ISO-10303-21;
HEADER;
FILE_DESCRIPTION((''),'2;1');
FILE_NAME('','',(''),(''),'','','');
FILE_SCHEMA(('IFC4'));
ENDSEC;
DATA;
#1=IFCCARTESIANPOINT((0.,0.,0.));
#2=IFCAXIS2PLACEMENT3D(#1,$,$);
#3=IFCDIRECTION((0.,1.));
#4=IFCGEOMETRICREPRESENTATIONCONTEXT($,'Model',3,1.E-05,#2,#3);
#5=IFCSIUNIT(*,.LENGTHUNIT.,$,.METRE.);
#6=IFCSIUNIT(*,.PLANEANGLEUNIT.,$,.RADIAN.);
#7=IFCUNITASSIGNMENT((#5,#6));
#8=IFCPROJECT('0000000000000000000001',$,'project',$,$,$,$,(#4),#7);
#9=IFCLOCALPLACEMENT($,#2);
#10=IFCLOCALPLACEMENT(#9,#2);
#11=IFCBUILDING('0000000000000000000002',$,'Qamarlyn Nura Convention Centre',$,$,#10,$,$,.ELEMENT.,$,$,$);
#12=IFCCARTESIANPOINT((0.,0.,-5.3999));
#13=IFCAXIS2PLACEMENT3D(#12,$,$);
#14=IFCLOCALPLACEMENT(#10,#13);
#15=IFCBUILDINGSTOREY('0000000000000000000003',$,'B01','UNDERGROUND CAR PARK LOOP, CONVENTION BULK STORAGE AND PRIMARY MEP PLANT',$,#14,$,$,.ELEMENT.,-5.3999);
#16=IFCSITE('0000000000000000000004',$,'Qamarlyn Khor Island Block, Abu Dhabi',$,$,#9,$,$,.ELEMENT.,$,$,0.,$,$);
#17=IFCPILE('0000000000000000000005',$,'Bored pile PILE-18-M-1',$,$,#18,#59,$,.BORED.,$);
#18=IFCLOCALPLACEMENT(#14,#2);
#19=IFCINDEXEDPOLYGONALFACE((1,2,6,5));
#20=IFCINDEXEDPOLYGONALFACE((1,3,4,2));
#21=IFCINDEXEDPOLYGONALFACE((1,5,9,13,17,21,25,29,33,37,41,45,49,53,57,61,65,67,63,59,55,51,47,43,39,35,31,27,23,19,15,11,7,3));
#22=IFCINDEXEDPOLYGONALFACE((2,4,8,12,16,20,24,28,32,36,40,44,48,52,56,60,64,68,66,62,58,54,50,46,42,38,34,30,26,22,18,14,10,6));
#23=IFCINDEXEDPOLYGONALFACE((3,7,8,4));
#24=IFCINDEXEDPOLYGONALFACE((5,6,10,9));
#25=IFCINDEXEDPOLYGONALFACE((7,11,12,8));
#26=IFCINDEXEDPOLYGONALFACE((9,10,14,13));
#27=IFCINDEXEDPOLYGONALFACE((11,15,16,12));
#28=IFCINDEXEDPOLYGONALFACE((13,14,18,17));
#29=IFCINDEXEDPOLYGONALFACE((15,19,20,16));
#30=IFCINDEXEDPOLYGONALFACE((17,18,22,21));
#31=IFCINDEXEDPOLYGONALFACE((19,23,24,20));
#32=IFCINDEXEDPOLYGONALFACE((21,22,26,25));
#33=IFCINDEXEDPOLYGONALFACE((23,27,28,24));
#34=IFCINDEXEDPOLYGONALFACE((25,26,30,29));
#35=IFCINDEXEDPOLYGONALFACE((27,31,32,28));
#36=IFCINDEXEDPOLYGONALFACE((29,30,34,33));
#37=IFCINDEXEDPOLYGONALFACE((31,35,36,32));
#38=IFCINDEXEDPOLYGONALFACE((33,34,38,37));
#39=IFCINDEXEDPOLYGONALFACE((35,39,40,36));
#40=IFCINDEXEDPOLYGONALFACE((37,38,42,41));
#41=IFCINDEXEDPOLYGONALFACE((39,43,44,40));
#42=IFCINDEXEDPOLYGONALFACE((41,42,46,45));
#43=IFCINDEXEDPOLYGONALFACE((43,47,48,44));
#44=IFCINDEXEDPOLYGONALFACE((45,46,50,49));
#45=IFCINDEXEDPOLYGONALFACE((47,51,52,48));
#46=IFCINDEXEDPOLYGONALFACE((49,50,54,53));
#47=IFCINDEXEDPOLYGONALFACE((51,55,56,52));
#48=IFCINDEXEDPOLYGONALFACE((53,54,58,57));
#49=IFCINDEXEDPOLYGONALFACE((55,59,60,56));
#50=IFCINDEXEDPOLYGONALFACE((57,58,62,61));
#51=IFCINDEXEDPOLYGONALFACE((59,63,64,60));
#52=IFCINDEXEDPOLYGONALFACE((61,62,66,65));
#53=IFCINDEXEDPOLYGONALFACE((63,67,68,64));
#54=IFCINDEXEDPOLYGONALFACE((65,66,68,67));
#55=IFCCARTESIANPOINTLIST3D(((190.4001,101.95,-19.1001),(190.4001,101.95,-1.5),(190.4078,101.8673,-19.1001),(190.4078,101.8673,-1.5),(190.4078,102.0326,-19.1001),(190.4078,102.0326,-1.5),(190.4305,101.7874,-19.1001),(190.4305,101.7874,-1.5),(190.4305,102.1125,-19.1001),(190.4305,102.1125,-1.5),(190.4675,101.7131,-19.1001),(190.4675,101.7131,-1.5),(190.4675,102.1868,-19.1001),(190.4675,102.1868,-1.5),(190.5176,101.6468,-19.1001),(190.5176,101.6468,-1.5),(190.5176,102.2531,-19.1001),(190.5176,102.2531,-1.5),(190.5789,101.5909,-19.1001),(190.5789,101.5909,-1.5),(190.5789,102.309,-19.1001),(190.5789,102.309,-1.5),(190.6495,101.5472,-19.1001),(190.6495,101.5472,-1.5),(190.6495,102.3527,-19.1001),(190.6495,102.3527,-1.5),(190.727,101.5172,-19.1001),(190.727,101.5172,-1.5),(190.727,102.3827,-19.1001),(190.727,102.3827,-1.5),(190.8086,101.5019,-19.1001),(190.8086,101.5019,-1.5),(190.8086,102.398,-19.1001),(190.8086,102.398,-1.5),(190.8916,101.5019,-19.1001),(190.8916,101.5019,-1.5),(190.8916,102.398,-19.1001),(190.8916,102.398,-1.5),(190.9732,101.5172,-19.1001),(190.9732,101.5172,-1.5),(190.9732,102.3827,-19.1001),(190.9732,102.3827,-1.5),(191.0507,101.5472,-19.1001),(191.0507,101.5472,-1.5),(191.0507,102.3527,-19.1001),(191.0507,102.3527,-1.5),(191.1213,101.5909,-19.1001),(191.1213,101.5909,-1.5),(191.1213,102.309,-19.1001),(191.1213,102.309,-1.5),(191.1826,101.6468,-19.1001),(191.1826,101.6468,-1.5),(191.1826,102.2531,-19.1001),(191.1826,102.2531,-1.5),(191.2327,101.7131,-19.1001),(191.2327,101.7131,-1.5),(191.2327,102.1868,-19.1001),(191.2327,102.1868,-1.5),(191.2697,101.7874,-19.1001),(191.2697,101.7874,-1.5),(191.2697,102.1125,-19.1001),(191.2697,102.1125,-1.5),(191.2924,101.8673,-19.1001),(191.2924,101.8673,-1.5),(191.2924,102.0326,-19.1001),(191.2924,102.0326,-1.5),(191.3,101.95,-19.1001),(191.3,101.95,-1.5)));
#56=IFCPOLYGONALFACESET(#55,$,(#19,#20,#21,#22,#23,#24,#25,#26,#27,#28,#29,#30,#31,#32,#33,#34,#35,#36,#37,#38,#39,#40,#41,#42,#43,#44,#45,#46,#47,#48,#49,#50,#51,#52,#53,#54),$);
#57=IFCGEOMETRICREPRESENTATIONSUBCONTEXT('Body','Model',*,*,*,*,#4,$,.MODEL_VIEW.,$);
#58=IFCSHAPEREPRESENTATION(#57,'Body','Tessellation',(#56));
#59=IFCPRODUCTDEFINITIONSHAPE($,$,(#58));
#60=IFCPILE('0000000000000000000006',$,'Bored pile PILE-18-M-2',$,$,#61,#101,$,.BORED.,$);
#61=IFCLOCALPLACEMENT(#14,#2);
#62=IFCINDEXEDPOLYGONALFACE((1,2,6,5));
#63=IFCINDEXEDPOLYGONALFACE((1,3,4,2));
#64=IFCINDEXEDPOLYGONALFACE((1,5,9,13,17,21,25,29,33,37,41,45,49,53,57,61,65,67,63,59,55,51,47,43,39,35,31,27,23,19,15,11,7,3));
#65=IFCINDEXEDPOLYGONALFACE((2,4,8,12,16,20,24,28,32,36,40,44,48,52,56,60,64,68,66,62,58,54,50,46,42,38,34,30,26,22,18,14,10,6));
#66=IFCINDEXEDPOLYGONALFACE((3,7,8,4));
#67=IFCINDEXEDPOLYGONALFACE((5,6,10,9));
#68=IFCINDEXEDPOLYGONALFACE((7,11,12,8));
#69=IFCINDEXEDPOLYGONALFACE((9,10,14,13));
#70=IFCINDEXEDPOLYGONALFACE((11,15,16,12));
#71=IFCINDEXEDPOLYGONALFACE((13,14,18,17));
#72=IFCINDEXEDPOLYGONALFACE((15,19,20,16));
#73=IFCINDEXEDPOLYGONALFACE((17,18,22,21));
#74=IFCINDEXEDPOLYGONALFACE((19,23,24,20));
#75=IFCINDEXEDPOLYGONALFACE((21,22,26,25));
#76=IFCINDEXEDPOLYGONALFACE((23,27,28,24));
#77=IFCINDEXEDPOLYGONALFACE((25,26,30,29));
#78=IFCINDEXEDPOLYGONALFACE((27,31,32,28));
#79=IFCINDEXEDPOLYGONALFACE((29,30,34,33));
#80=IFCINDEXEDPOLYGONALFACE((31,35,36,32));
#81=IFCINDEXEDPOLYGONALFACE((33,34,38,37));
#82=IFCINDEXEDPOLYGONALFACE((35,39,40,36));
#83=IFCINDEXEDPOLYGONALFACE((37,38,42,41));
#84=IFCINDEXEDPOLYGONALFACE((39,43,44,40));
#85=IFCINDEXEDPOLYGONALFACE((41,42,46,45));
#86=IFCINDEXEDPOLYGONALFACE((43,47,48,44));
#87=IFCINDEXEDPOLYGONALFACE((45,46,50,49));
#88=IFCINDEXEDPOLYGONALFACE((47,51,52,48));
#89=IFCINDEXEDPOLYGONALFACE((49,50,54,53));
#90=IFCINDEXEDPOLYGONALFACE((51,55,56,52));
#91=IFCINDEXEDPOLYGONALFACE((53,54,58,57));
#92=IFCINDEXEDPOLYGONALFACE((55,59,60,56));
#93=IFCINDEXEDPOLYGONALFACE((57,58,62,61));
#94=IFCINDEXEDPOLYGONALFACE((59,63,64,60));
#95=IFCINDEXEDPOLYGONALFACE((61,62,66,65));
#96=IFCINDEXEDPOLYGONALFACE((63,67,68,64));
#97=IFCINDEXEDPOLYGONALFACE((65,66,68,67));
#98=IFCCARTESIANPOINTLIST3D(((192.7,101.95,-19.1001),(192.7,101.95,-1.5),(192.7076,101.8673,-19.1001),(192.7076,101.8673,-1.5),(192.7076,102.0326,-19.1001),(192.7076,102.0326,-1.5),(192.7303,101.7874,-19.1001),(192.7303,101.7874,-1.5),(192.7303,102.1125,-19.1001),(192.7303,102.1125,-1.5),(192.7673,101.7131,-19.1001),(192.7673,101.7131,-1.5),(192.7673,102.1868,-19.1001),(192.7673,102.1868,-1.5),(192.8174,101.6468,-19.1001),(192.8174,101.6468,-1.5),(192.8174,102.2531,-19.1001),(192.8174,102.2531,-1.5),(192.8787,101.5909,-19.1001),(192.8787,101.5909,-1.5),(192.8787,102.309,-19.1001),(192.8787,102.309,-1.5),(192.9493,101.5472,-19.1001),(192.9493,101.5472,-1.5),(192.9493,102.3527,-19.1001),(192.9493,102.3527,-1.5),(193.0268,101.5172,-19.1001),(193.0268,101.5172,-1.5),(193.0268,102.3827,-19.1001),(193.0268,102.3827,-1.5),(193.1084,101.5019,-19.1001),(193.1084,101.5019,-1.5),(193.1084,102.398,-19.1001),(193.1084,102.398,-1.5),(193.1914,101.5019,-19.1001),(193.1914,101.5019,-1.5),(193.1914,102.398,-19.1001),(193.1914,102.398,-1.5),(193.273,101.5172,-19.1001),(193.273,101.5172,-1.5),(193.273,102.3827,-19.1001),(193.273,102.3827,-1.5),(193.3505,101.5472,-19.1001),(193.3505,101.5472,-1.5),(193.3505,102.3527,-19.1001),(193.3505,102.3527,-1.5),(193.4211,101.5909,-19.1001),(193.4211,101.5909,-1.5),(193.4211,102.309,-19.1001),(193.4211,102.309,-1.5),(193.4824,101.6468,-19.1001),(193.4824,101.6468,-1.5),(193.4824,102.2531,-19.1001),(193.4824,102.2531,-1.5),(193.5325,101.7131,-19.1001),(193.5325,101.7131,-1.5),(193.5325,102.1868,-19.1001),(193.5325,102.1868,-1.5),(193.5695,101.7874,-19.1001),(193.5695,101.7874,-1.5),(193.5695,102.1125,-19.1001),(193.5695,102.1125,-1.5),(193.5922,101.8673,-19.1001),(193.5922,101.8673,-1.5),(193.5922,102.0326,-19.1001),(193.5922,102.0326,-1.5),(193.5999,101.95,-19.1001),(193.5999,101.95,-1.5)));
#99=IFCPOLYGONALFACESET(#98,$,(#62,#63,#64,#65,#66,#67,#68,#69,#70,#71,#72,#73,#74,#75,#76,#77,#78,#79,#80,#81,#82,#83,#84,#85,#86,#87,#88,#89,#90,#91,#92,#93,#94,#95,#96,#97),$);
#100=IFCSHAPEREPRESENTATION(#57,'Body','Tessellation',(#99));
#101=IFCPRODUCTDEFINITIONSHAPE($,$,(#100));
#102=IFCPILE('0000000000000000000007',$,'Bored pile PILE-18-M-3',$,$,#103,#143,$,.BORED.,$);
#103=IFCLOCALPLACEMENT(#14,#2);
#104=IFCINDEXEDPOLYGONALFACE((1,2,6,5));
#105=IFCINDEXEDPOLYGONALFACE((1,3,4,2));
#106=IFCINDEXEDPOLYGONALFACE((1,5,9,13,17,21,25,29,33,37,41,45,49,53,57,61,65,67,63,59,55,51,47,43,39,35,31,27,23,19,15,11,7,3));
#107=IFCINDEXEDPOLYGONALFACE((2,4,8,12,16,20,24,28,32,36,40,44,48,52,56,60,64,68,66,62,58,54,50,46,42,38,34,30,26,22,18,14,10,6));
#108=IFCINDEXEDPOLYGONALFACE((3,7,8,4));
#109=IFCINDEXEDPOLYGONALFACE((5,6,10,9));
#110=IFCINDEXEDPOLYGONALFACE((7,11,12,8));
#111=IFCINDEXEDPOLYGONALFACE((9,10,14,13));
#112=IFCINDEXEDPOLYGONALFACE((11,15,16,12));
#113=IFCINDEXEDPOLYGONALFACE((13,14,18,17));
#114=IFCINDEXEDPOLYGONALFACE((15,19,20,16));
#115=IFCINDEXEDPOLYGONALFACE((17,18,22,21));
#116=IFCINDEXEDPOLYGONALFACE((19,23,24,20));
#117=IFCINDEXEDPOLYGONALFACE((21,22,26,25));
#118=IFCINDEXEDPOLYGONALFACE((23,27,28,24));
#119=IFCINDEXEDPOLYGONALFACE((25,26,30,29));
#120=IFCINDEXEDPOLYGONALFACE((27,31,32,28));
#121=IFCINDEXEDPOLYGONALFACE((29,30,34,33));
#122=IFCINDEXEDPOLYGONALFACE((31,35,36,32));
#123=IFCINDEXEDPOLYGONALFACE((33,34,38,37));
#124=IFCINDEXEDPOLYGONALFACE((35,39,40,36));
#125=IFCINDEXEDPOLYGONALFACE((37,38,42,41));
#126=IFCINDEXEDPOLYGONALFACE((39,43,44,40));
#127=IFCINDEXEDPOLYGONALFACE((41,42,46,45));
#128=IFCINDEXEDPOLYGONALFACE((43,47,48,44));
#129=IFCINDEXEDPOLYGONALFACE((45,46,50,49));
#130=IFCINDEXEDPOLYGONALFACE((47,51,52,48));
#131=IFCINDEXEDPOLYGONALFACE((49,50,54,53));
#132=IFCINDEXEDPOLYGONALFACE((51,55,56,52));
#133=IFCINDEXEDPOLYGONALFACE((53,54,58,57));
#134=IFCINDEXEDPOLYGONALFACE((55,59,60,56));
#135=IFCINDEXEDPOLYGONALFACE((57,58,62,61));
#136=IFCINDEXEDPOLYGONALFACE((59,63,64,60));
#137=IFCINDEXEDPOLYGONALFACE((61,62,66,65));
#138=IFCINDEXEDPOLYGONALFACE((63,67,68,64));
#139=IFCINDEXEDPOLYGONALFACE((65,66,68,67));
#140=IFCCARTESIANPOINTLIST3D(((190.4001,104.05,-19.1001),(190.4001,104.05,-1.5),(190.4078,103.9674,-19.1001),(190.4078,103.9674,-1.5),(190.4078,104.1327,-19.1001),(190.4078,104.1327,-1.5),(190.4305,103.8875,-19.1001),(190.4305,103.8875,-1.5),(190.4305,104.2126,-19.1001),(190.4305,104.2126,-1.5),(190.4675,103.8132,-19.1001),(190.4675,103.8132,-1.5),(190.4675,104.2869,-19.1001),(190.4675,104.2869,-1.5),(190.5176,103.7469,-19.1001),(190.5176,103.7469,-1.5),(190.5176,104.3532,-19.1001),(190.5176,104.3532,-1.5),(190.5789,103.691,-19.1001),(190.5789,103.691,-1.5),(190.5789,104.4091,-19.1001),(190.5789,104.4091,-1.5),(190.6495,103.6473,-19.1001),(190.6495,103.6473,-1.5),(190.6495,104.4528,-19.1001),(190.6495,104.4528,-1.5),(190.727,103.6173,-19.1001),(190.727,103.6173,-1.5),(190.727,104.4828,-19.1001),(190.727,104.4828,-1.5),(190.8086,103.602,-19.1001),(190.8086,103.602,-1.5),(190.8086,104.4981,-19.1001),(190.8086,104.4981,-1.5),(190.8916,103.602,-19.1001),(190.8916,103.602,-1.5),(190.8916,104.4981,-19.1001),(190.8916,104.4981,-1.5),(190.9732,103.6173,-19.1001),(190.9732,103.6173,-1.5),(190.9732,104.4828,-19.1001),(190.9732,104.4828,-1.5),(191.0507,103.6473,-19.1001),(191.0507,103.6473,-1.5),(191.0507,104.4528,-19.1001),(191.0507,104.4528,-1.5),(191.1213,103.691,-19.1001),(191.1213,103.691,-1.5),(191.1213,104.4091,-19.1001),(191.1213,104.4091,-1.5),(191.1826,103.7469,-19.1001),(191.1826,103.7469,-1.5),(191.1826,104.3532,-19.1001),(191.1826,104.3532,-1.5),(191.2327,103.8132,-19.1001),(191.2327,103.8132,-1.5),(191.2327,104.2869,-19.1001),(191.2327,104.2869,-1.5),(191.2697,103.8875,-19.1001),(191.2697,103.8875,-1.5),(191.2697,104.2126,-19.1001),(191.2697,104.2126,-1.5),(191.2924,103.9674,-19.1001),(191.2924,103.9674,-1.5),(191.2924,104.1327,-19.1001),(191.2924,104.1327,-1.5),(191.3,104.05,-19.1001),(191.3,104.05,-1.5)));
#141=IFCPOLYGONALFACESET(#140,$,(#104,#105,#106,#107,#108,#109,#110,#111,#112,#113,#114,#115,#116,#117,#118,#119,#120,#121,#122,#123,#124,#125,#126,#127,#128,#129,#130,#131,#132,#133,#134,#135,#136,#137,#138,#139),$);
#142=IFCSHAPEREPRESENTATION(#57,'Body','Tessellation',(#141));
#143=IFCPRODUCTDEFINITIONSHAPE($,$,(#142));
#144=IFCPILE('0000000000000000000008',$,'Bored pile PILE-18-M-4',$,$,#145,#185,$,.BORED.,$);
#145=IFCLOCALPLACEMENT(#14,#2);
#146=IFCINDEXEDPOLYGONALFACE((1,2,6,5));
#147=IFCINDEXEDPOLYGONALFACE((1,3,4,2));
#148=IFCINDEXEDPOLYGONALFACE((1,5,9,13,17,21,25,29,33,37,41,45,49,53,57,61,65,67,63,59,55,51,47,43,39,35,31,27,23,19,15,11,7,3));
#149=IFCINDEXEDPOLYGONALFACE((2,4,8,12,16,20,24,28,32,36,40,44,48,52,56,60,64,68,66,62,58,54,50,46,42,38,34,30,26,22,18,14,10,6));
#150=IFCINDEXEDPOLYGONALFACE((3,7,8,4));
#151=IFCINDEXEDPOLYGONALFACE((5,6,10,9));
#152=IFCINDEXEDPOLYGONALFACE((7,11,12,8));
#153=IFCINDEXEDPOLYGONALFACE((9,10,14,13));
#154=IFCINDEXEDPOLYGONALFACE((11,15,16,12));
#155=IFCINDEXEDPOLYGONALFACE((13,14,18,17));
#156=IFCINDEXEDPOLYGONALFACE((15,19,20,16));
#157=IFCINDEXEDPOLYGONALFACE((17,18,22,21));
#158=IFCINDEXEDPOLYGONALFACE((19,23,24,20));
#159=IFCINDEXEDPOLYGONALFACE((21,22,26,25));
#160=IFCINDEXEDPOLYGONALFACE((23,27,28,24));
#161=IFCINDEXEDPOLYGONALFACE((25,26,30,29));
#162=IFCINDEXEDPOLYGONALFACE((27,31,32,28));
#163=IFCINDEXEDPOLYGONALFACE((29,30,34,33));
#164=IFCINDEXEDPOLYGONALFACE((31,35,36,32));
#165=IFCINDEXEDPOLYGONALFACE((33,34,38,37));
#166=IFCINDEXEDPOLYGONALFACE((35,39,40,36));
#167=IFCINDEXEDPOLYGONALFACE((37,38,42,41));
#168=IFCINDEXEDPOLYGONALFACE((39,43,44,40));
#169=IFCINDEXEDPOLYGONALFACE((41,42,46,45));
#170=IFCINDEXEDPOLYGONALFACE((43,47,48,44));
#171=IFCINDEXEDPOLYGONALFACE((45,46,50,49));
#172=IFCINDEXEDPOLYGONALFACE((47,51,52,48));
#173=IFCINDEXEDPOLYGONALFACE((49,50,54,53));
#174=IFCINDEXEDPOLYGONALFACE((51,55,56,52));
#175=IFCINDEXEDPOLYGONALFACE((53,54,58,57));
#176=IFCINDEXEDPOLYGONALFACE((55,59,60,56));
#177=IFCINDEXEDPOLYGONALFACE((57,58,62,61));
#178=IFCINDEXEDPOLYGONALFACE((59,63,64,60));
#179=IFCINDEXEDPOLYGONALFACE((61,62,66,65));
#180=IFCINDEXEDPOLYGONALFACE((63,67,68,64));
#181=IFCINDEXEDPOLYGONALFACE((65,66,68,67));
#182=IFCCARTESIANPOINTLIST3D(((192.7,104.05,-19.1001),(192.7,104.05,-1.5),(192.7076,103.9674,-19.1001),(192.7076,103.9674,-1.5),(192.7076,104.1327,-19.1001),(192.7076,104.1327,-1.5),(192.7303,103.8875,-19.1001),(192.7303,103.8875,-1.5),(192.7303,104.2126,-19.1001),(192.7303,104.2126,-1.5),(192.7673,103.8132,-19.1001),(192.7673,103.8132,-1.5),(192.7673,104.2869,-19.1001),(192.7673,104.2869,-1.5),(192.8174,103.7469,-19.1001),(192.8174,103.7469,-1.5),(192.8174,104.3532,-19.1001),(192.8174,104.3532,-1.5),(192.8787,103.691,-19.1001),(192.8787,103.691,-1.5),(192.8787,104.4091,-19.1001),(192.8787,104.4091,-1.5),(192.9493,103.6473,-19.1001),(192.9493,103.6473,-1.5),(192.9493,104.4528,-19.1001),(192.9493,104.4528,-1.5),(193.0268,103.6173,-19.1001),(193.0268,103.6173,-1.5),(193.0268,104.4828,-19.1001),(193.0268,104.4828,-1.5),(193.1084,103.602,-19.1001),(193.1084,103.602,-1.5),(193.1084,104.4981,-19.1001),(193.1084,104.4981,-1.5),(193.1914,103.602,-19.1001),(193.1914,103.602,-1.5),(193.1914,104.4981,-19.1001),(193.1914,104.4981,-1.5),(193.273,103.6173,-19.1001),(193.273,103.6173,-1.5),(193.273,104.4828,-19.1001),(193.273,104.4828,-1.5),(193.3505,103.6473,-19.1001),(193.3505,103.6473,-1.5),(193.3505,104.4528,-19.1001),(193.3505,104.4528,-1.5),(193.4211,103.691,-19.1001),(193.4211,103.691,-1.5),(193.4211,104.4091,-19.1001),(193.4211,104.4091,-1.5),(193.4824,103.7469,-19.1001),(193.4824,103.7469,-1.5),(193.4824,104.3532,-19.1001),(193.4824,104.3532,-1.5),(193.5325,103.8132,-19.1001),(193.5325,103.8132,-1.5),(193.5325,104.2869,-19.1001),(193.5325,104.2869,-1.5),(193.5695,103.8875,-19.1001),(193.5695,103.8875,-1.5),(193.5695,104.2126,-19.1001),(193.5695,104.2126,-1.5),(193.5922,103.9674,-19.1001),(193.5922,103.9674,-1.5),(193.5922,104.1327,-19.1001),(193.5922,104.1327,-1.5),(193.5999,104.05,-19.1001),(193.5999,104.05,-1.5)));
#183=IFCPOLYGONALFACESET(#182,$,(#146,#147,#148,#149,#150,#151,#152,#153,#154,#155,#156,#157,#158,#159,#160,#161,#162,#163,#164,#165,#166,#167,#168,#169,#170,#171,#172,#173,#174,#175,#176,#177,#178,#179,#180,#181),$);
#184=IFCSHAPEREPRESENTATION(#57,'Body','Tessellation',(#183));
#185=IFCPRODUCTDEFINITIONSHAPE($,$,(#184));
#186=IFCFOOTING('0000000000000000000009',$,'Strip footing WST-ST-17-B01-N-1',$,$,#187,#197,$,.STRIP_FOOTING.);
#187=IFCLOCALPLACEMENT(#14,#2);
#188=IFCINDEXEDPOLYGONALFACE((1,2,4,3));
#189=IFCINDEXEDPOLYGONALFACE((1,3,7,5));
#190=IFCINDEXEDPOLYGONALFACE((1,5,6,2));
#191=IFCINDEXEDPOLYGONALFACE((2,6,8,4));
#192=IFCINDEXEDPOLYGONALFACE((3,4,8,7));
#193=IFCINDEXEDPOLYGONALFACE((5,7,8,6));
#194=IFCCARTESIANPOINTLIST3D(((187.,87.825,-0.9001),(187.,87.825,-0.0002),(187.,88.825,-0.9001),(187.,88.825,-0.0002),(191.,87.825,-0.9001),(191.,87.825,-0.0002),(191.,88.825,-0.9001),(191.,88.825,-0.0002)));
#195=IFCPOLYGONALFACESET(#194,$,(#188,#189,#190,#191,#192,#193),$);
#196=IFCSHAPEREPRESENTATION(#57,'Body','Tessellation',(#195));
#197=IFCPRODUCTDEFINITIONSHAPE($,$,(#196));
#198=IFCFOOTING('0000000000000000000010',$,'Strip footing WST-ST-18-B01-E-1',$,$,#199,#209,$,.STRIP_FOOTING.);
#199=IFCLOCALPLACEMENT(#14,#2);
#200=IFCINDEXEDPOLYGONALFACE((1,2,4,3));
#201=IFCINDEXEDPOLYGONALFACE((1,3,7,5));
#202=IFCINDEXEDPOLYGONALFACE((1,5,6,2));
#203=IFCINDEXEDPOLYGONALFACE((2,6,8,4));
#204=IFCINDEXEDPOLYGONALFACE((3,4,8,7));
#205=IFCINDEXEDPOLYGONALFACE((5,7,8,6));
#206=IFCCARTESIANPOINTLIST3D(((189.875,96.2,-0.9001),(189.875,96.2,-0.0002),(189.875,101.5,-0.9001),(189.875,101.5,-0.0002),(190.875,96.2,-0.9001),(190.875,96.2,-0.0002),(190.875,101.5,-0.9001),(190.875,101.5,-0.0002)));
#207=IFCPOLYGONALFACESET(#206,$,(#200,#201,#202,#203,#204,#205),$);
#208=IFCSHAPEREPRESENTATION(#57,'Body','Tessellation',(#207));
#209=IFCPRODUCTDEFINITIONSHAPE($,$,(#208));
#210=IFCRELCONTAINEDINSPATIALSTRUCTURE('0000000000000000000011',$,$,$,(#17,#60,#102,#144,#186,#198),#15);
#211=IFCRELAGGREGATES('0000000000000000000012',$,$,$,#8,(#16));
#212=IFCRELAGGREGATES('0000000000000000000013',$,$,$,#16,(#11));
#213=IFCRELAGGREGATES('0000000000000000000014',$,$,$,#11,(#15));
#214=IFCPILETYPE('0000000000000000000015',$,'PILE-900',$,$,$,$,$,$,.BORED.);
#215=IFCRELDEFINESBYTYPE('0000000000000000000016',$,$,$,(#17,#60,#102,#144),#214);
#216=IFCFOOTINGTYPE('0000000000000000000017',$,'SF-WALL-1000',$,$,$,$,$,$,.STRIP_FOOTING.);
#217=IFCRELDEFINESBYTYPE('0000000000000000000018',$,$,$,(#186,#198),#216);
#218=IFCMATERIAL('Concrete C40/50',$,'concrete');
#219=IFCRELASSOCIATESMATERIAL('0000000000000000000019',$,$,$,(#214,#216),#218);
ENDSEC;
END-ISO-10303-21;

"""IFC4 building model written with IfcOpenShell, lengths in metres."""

from ifc_helpers import new_model, si_unit, direction, frame, origin, origin_2d, place, context, subcontext, project, spatial, rectangle, circle, extrude, material, material_profile, profile_set, type_object, element, save


model = new_model("IFC4")

# Units and contexts
model_context = context("Model", 3, precision=1e-05, world=origin(), true_north=direction((0.0, 1.0)))
body_context = subcontext(model_context, "Body", "Model", "MODEL_VIEW")
ifc_project = project(units=[si_unit("LENGTHUNIT", "METRE"), si_unit("PLANEANGLEUNIT", "RADIAN")], contexts=[model_context])

# Site, building, storey
site_placement = place(None, origin())
site = spatial("IfcSite", under=ifc_project, at=site_placement, Name="Qamarlyn Khor Island Block, Abu Dhabi", CompositionType="ELEMENT", RefElevation=0.0)
building_placement = place(site_placement, origin())
building = spatial("IfcBuilding", under=site, at=building_placement, Name="Qamarlyn Nura Convention Centre", CompositionType="ELEMENT")
storey_placement = place(building_placement, frame((0.0, 0.0, -5.3999)))
storey = spatial("IfcBuildingStorey", under=building, at=storey_placement, Name="B01", Description="UNDERGROUND CAR PARK LOOP, CONVENTION BULK STORAGE AND PRIMARY MEP PLANT", CompositionType="ELEMENT", Elevation=-5.3999)

# Shared definitions
ifc_material_1 = material(Name="Concrete C40/50", Category="concrete")

# Piles
ifc_material_profile_1 = material_profile(ifc_material_1, circle(Radius=0.45, at=origin_2d()), Name="BORED PILE 900")
ifc_profile_set_1 = profile_set([ifc_material_profile_1], Name="Concrete C40/50")
pile_type = type_object("IfcPileType", Name="PILE-900", PredefinedType="BORED", material=ifc_profile_set_1)
for number, where, z_axis, x_axis, name in (
    (1, (190.8501, 101.95, -1.5), (0.0, 0.0, -1.0), (1.0, 0.0, 0.0), "Bored pile PILE-18-M-1"),
    (2, (193.1499, 101.95, -1.5), (0.0, 0.0, -1.0), (1.0, 0.0, 0.0), "Bored pile PILE-18-M-2"),
    (3, (190.8501, 104.05, -1.5), (0.0, 0.0, -1.0), (1.0, 0.0, 0.0), "Bored pile PILE-18-M-3"),
    (4, (193.1499, 104.05, -1.5), (0.0, 0.0, -1.0), (1.0, 0.0, 0.0), "Bored pile PILE-18-M-4"),
):
    element("IfcPile", number, at=place(storey_placement, frame(where, z_axis=z_axis, x_axis=x_axis)), inside=storey, type_object=pile_type, Name=name, PredefinedType="BORED", context=body_context, shape_type="SweptSolid", body=[
        extrude(circle(Radius=0.45, at=origin_2d()), origin(), (0.0, 0.0, 1.0), 17.6001),
    ])

# Footings
ifc_material_profile_2 = material_profile(ifc_material_1, rectangle(XDim=1.0, YDim=0.8999, at=origin_2d()), Name="RC STRIP 1000x900")
ifc_profile_set_2 = profile_set([ifc_material_profile_2], Name="Concrete C40/50")
footing_type_1 = type_object("IfcFootingType", Name="SF-WALL-1000", PredefinedType="STRIP_FOOTING", material=ifc_profile_set_2)
footing_1_placement = place(storey_placement, frame((191.0, 88.325, -0.4502), z_axis=(-1.0, 0.0, 0.0), x_axis=(0.0, -1.0, 0.0)))
element("IfcFooting", 5, at=footing_1_placement, inside=storey, type_object=footing_type_1, Name="Strip footing WST-ST-17-B01-N-1", PredefinedType="STRIP_FOOTING", context=body_context, shape_type="SweptSolid", body=[
    extrude(rectangle(XDim=1.0, YDim=0.8999, at=origin_2d()), origin(), (0.0, 0.0, 1.0), 4.0),
])
footing_2_placement = place(storey_placement, frame((190.375, 96.2, -0.4502), z_axis=(0.0, 1.0, 0.0), x_axis=(-1.0, 0.0, 0.0)))
element("IfcFooting", 6, at=footing_2_placement, inside=storey, type_object=footing_type_1, Name="Strip footing WST-ST-18-B01-E-1", PredefinedType="STRIP_FOOTING", context=body_context, shape_type="SweptSolid", body=[
    extrude(rectangle(XDim=1.0, YDim=0.8999, at=origin_2d()), origin(), (0.0, 0.0, 1.0), 5.3),
])

save(model, "model.ifc")
